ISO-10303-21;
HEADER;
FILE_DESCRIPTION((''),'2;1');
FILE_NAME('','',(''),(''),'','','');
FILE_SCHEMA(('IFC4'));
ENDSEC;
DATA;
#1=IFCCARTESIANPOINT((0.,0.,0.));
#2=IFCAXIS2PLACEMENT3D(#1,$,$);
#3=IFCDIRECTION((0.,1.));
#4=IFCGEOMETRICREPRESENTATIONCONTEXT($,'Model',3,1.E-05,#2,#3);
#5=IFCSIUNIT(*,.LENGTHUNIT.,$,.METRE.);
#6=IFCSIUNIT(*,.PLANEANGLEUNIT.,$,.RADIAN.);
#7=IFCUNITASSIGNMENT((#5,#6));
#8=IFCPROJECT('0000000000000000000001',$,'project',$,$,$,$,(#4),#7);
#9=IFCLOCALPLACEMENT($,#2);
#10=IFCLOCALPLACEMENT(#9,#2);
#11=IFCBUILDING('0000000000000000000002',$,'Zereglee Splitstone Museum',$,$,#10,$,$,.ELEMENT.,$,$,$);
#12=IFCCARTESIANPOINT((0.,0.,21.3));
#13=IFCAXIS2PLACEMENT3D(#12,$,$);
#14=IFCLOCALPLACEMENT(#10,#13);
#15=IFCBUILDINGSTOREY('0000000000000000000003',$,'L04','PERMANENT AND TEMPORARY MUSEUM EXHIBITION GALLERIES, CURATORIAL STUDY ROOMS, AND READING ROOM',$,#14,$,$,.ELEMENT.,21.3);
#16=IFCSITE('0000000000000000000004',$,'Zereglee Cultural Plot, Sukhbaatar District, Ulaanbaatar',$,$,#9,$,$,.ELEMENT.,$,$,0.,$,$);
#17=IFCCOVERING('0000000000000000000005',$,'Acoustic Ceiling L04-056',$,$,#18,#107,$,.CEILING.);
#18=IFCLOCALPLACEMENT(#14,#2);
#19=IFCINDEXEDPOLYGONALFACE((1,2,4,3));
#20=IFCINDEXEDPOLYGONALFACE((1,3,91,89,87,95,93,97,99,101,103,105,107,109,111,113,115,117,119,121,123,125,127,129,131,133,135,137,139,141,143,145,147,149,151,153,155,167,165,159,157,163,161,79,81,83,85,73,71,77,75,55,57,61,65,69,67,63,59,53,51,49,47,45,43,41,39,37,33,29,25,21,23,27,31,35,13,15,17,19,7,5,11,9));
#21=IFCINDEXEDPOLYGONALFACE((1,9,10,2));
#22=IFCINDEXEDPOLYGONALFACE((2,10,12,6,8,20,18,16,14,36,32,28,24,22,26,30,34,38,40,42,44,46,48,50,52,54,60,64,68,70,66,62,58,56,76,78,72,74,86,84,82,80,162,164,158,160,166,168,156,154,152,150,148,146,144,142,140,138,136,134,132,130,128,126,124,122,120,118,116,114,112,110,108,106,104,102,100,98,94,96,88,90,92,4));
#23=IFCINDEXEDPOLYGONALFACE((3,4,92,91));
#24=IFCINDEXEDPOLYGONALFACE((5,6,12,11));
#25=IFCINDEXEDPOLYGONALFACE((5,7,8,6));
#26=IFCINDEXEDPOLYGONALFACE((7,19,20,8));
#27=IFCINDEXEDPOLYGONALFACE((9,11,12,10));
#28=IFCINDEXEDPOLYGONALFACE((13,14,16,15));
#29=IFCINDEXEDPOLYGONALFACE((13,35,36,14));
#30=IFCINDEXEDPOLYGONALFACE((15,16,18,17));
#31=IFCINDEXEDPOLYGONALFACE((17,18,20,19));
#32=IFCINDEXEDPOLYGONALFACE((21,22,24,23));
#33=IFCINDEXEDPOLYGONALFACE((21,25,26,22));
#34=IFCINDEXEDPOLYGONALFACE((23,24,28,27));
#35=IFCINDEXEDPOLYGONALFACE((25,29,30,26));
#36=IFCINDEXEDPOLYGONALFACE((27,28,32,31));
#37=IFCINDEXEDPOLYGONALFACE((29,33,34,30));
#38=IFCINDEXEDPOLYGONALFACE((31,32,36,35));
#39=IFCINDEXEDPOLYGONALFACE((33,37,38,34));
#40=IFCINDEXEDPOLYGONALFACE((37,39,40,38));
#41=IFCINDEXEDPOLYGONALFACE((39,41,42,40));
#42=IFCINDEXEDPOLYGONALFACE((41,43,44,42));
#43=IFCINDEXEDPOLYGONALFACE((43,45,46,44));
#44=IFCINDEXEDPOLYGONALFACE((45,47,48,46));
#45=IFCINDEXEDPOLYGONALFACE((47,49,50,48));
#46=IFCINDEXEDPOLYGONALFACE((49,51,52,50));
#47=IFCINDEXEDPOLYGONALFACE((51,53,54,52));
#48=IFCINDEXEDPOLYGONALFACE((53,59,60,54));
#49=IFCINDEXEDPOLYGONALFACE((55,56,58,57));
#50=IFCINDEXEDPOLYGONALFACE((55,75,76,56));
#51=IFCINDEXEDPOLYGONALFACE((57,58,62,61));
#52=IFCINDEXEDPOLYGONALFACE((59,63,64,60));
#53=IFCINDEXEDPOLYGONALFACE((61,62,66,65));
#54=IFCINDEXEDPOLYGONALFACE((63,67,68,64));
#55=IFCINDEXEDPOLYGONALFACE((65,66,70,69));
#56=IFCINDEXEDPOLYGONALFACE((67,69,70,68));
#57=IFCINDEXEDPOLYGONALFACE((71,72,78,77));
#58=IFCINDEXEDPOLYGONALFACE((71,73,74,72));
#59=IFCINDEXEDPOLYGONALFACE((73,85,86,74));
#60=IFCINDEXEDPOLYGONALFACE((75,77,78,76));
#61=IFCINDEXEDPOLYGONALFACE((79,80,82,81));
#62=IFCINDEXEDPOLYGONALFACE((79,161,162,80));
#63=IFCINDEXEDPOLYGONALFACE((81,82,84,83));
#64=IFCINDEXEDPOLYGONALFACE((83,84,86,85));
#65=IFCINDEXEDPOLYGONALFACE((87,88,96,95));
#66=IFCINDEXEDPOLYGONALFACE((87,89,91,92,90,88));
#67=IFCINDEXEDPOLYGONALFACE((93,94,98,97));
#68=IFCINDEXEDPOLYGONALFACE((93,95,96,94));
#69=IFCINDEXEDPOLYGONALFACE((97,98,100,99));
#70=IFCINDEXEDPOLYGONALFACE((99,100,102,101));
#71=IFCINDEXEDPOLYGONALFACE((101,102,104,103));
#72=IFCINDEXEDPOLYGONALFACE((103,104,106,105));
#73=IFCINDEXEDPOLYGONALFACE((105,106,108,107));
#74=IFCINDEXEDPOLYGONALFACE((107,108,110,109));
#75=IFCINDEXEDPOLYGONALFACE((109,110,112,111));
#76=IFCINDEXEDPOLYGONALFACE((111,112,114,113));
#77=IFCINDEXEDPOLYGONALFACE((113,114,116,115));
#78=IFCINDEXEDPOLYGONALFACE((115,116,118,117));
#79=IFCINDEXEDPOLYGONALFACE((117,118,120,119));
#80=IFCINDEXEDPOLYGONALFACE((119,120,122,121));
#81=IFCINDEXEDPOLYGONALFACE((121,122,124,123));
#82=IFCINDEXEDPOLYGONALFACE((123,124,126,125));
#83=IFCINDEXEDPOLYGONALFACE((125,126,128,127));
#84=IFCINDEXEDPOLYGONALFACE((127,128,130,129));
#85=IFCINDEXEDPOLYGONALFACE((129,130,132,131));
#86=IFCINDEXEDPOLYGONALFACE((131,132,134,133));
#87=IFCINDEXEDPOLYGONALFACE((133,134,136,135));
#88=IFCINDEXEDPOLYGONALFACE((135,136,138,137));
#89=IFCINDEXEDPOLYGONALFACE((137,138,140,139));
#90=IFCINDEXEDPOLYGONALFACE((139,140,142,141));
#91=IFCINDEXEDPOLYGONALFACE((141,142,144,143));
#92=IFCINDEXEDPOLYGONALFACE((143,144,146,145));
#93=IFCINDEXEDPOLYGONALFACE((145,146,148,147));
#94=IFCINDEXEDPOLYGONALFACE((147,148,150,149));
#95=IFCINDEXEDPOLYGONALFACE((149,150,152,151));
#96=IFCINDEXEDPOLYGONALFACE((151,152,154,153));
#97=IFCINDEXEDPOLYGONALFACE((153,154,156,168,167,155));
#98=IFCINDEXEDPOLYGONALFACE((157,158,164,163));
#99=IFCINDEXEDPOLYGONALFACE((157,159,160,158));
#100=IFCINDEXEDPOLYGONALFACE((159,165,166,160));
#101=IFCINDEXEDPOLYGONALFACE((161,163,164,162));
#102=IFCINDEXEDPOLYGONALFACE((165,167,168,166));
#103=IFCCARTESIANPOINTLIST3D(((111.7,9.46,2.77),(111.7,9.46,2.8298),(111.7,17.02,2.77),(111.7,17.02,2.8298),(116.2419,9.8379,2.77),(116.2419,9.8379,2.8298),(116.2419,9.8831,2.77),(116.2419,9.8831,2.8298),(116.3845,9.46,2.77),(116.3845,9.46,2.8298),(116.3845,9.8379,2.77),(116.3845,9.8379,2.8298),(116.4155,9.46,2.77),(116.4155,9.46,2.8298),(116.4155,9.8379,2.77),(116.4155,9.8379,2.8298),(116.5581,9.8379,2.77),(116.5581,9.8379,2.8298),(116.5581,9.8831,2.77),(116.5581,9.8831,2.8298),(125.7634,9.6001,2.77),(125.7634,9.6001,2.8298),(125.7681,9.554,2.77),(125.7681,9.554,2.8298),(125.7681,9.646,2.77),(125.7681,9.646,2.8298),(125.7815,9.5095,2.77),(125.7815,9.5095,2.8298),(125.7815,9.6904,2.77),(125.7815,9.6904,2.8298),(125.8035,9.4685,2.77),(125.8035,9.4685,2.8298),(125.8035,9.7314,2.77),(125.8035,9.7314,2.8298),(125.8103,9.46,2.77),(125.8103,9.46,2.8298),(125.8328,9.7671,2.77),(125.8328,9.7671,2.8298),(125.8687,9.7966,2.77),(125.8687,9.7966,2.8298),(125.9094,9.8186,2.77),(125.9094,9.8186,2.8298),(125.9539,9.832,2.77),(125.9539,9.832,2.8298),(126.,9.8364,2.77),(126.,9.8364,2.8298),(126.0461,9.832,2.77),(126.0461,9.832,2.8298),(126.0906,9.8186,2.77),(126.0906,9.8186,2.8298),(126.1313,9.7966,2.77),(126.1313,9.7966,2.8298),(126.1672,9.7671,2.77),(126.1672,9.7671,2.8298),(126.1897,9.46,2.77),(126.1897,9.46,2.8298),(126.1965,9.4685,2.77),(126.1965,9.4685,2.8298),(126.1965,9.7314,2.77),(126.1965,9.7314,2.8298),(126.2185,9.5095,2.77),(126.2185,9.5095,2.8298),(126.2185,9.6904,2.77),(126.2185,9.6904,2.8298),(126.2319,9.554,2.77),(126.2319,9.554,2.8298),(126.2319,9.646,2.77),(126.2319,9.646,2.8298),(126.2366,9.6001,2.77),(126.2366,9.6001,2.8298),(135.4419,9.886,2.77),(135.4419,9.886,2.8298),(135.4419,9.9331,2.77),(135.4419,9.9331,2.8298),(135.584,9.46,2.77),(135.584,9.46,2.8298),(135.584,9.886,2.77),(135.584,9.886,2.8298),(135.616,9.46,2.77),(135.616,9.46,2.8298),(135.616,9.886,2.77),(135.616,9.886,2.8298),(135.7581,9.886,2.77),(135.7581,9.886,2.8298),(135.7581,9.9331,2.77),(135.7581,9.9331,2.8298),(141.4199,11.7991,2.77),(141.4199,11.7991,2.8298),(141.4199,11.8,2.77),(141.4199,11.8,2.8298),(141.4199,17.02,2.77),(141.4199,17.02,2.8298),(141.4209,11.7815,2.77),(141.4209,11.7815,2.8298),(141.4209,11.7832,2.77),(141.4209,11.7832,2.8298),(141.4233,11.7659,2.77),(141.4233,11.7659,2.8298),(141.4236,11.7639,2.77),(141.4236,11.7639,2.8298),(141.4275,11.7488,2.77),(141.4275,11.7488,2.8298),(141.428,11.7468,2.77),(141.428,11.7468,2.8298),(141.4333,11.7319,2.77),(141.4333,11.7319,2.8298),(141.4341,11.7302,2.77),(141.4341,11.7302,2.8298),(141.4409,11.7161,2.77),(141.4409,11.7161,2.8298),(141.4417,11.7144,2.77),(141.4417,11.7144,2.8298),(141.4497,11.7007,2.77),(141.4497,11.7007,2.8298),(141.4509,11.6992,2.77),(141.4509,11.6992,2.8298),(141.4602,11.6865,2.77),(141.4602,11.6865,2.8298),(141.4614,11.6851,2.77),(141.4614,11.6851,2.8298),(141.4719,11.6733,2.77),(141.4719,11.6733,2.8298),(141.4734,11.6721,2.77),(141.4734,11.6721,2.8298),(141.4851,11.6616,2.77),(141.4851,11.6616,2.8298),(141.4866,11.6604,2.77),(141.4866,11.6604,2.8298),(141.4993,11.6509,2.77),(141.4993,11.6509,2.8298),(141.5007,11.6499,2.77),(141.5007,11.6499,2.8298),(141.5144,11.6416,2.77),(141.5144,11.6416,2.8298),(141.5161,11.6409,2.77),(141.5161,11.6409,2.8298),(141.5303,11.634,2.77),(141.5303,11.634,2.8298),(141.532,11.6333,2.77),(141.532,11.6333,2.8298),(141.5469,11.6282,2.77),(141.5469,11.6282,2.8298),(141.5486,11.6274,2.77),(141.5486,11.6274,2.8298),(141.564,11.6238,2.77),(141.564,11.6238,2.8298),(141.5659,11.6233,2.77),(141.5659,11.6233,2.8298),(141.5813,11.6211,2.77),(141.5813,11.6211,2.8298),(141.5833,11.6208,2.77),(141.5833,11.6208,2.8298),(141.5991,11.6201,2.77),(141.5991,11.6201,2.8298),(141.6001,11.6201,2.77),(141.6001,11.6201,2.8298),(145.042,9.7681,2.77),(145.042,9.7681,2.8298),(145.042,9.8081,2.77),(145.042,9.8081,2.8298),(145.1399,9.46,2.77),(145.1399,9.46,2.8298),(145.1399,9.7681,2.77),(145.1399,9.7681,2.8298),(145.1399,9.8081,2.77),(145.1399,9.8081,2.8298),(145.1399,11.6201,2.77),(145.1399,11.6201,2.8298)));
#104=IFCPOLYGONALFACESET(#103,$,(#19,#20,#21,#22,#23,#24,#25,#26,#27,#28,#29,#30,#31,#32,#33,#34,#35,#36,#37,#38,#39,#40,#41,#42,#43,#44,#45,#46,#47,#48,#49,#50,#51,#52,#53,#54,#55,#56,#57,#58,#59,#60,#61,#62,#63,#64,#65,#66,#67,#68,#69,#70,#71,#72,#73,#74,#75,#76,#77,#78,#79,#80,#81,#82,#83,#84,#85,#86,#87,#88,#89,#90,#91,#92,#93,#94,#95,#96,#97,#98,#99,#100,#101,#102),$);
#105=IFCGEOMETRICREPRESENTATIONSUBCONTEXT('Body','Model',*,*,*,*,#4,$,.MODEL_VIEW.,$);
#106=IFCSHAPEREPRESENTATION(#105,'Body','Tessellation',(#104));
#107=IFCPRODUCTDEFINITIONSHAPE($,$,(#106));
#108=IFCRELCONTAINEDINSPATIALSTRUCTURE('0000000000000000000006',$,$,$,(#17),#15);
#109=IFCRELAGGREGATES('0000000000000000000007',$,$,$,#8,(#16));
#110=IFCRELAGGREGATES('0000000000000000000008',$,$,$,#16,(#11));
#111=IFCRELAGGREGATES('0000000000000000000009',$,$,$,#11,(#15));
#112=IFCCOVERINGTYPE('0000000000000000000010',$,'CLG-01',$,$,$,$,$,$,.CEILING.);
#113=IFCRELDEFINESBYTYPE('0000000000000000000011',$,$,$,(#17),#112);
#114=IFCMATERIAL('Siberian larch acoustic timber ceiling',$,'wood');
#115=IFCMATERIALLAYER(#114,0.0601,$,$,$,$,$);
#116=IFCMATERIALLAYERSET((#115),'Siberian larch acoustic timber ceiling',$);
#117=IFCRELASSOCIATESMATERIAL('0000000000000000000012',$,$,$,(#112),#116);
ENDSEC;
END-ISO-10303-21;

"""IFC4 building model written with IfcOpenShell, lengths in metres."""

from ifc_helpers import new_model, si_unit, direction, frame, origin, place, context, subcontext, project, spatial, polyline, outline, extrude, material, layer, layer_set, type_object, element, save


model = new_model("IFC4")

# Units and contexts
model_context = context("Model", 3, precision=1e-05, world=origin(), true_north=direction((0.0, 1.0)))
body_context = subcontext(model_context, "Body", "Model", "MODEL_VIEW")
ifc_project = project(units=[si_unit("LENGTHUNIT", "METRE"), si_unit("PLANEANGLEUNIT", "RADIAN")], contexts=[model_context])

# Site, building, storey
site_placement = place(None, origin())
site = spatial("IfcSite", under=ifc_project, at=site_placement, Name="Zereglee Cultural Plot, Sukhbaatar District, Ulaanbaatar", CompositionType="ELEMENT", RefElevation=0.0)
building_placement = place(site_placement, origin())
building = spatial("IfcBuilding", under=site, at=building_placement, Name="Zereglee Splitstone Museum", CompositionType="ELEMENT")
storey_placement = place(building_placement, frame((0.0, 0.0, 21.3)))
storey = spatial("IfcBuildingStorey", under=building, at=storey_placement, Name="L04", Description="PERMANENT AND TEMPORARY MUSEUM EXHIBITION GALLERIES, CURATORIAL STUDY ROOMS, AND READING ROOM", CompositionType="ELEMENT", Elevation=21.3)

# Covering
ifc_material_1 = material(Name="Siberian larch acoustic timber ceiling", Category="wood")
ifc_layer_1 = layer(ifc_material_1, 0.0601)
ifc_layer_set_1 = layer_set([ifc_layer_1], Name="Siberian larch acoustic timber ceiling")
covering_type_1 = type_object("IfcCoveringType", Name="CLG-01", PredefinedType="CEILING", material=ifc_layer_set_1)
covering_1_placement = place(storey_placement, frame((0.0, 0.0, 2.77)))
element("IfcCovering", 1, at=covering_1_placement, inside=storey, type_object=covering_type_1, Name="Acoustic Ceiling L04-056", PredefinedType="CEILING", context=body_context, shape_type="SweptSolid", body=[
    extrude(outline(polyline([(111.7, 17.02), (141.4199, 17.02), (141.4199, 11.8), (141.4199, 11.7991), (141.4209, 11.7832), (141.4209, 11.7815), (141.4233, 11.7659), (141.4236, 11.7639), (141.4275, 11.7488), (141.428, 11.7468), (141.4333, 11.7319), (141.4341, 11.7302), (141.4409, 11.7161), (141.4417, 11.7144), (141.4497, 11.7007), (141.4509, 11.6992), (141.4602, 11.6865), (141.4614, 11.6851), (141.4719, 11.6733), (141.4734, 11.6721), (141.4851, 11.6616), (141.4866, 11.6604), (141.4993, 11.6509), (141.5007, 11.6499), (141.5144, 11.6416), (141.5161, 11.6409), (141.5303, 11.634), (141.532, 11.6333), (141.5469, 11.6282), (141.5486, 11.6274), (141.564, 11.6238), (141.5659, 11.6233), (141.5813, 11.6211), (141.5833, 11.6208), (141.5991, 11.6201), (141.6001, 11.6201), (145.1399, 11.6201), (145.1399, 9.8081), (145.042, 9.8081), (145.042, 9.7681), (145.1399, 9.7681), (145.1399, 9.46), (135.616, 9.46), (135.616, 9.886), (135.7581, 9.886), (135.7581, 9.9331), (135.4419, 9.9331), (135.4419, 9.886), (135.584, 9.886), (135.584, 9.46), (126.1897, 9.46), (126.1965, 9.4685), (126.2185, 9.5095), (126.2319, 9.554), (126.2366, 9.6001), (126.2319, 9.646), (126.2185, 9.6904), (126.1965, 9.7314), (126.1672, 9.7671), (126.1313, 9.7966), (126.0906, 9.8186), (126.0461, 9.832), (126.0, 9.8364), (125.9539, 9.832), (125.9094, 9.8186), (125.8687, 9.7966), (125.8328, 9.7671), (125.8035, 9.7314), (125.7815, 9.6904), (125.7681, 9.646), (125.7634, 9.6001), (125.7681, 9.554), (125.7815, 9.5095), (125.8035, 9.4685), (125.8103, 9.46), (116.4155, 9.46), (116.4155, 9.8379), (116.5581, 9.8379), (116.5581, 9.8831), (116.2419, 9.8831), (116.2419, 9.8379), (116.3845, 9.8379), (116.3845, 9.46), (111.7, 9.46), (111.7, 17.02)])), origin(), (0.0, 0.0, 1.0), 0.0598),
])

save(model, "model.ifc")
